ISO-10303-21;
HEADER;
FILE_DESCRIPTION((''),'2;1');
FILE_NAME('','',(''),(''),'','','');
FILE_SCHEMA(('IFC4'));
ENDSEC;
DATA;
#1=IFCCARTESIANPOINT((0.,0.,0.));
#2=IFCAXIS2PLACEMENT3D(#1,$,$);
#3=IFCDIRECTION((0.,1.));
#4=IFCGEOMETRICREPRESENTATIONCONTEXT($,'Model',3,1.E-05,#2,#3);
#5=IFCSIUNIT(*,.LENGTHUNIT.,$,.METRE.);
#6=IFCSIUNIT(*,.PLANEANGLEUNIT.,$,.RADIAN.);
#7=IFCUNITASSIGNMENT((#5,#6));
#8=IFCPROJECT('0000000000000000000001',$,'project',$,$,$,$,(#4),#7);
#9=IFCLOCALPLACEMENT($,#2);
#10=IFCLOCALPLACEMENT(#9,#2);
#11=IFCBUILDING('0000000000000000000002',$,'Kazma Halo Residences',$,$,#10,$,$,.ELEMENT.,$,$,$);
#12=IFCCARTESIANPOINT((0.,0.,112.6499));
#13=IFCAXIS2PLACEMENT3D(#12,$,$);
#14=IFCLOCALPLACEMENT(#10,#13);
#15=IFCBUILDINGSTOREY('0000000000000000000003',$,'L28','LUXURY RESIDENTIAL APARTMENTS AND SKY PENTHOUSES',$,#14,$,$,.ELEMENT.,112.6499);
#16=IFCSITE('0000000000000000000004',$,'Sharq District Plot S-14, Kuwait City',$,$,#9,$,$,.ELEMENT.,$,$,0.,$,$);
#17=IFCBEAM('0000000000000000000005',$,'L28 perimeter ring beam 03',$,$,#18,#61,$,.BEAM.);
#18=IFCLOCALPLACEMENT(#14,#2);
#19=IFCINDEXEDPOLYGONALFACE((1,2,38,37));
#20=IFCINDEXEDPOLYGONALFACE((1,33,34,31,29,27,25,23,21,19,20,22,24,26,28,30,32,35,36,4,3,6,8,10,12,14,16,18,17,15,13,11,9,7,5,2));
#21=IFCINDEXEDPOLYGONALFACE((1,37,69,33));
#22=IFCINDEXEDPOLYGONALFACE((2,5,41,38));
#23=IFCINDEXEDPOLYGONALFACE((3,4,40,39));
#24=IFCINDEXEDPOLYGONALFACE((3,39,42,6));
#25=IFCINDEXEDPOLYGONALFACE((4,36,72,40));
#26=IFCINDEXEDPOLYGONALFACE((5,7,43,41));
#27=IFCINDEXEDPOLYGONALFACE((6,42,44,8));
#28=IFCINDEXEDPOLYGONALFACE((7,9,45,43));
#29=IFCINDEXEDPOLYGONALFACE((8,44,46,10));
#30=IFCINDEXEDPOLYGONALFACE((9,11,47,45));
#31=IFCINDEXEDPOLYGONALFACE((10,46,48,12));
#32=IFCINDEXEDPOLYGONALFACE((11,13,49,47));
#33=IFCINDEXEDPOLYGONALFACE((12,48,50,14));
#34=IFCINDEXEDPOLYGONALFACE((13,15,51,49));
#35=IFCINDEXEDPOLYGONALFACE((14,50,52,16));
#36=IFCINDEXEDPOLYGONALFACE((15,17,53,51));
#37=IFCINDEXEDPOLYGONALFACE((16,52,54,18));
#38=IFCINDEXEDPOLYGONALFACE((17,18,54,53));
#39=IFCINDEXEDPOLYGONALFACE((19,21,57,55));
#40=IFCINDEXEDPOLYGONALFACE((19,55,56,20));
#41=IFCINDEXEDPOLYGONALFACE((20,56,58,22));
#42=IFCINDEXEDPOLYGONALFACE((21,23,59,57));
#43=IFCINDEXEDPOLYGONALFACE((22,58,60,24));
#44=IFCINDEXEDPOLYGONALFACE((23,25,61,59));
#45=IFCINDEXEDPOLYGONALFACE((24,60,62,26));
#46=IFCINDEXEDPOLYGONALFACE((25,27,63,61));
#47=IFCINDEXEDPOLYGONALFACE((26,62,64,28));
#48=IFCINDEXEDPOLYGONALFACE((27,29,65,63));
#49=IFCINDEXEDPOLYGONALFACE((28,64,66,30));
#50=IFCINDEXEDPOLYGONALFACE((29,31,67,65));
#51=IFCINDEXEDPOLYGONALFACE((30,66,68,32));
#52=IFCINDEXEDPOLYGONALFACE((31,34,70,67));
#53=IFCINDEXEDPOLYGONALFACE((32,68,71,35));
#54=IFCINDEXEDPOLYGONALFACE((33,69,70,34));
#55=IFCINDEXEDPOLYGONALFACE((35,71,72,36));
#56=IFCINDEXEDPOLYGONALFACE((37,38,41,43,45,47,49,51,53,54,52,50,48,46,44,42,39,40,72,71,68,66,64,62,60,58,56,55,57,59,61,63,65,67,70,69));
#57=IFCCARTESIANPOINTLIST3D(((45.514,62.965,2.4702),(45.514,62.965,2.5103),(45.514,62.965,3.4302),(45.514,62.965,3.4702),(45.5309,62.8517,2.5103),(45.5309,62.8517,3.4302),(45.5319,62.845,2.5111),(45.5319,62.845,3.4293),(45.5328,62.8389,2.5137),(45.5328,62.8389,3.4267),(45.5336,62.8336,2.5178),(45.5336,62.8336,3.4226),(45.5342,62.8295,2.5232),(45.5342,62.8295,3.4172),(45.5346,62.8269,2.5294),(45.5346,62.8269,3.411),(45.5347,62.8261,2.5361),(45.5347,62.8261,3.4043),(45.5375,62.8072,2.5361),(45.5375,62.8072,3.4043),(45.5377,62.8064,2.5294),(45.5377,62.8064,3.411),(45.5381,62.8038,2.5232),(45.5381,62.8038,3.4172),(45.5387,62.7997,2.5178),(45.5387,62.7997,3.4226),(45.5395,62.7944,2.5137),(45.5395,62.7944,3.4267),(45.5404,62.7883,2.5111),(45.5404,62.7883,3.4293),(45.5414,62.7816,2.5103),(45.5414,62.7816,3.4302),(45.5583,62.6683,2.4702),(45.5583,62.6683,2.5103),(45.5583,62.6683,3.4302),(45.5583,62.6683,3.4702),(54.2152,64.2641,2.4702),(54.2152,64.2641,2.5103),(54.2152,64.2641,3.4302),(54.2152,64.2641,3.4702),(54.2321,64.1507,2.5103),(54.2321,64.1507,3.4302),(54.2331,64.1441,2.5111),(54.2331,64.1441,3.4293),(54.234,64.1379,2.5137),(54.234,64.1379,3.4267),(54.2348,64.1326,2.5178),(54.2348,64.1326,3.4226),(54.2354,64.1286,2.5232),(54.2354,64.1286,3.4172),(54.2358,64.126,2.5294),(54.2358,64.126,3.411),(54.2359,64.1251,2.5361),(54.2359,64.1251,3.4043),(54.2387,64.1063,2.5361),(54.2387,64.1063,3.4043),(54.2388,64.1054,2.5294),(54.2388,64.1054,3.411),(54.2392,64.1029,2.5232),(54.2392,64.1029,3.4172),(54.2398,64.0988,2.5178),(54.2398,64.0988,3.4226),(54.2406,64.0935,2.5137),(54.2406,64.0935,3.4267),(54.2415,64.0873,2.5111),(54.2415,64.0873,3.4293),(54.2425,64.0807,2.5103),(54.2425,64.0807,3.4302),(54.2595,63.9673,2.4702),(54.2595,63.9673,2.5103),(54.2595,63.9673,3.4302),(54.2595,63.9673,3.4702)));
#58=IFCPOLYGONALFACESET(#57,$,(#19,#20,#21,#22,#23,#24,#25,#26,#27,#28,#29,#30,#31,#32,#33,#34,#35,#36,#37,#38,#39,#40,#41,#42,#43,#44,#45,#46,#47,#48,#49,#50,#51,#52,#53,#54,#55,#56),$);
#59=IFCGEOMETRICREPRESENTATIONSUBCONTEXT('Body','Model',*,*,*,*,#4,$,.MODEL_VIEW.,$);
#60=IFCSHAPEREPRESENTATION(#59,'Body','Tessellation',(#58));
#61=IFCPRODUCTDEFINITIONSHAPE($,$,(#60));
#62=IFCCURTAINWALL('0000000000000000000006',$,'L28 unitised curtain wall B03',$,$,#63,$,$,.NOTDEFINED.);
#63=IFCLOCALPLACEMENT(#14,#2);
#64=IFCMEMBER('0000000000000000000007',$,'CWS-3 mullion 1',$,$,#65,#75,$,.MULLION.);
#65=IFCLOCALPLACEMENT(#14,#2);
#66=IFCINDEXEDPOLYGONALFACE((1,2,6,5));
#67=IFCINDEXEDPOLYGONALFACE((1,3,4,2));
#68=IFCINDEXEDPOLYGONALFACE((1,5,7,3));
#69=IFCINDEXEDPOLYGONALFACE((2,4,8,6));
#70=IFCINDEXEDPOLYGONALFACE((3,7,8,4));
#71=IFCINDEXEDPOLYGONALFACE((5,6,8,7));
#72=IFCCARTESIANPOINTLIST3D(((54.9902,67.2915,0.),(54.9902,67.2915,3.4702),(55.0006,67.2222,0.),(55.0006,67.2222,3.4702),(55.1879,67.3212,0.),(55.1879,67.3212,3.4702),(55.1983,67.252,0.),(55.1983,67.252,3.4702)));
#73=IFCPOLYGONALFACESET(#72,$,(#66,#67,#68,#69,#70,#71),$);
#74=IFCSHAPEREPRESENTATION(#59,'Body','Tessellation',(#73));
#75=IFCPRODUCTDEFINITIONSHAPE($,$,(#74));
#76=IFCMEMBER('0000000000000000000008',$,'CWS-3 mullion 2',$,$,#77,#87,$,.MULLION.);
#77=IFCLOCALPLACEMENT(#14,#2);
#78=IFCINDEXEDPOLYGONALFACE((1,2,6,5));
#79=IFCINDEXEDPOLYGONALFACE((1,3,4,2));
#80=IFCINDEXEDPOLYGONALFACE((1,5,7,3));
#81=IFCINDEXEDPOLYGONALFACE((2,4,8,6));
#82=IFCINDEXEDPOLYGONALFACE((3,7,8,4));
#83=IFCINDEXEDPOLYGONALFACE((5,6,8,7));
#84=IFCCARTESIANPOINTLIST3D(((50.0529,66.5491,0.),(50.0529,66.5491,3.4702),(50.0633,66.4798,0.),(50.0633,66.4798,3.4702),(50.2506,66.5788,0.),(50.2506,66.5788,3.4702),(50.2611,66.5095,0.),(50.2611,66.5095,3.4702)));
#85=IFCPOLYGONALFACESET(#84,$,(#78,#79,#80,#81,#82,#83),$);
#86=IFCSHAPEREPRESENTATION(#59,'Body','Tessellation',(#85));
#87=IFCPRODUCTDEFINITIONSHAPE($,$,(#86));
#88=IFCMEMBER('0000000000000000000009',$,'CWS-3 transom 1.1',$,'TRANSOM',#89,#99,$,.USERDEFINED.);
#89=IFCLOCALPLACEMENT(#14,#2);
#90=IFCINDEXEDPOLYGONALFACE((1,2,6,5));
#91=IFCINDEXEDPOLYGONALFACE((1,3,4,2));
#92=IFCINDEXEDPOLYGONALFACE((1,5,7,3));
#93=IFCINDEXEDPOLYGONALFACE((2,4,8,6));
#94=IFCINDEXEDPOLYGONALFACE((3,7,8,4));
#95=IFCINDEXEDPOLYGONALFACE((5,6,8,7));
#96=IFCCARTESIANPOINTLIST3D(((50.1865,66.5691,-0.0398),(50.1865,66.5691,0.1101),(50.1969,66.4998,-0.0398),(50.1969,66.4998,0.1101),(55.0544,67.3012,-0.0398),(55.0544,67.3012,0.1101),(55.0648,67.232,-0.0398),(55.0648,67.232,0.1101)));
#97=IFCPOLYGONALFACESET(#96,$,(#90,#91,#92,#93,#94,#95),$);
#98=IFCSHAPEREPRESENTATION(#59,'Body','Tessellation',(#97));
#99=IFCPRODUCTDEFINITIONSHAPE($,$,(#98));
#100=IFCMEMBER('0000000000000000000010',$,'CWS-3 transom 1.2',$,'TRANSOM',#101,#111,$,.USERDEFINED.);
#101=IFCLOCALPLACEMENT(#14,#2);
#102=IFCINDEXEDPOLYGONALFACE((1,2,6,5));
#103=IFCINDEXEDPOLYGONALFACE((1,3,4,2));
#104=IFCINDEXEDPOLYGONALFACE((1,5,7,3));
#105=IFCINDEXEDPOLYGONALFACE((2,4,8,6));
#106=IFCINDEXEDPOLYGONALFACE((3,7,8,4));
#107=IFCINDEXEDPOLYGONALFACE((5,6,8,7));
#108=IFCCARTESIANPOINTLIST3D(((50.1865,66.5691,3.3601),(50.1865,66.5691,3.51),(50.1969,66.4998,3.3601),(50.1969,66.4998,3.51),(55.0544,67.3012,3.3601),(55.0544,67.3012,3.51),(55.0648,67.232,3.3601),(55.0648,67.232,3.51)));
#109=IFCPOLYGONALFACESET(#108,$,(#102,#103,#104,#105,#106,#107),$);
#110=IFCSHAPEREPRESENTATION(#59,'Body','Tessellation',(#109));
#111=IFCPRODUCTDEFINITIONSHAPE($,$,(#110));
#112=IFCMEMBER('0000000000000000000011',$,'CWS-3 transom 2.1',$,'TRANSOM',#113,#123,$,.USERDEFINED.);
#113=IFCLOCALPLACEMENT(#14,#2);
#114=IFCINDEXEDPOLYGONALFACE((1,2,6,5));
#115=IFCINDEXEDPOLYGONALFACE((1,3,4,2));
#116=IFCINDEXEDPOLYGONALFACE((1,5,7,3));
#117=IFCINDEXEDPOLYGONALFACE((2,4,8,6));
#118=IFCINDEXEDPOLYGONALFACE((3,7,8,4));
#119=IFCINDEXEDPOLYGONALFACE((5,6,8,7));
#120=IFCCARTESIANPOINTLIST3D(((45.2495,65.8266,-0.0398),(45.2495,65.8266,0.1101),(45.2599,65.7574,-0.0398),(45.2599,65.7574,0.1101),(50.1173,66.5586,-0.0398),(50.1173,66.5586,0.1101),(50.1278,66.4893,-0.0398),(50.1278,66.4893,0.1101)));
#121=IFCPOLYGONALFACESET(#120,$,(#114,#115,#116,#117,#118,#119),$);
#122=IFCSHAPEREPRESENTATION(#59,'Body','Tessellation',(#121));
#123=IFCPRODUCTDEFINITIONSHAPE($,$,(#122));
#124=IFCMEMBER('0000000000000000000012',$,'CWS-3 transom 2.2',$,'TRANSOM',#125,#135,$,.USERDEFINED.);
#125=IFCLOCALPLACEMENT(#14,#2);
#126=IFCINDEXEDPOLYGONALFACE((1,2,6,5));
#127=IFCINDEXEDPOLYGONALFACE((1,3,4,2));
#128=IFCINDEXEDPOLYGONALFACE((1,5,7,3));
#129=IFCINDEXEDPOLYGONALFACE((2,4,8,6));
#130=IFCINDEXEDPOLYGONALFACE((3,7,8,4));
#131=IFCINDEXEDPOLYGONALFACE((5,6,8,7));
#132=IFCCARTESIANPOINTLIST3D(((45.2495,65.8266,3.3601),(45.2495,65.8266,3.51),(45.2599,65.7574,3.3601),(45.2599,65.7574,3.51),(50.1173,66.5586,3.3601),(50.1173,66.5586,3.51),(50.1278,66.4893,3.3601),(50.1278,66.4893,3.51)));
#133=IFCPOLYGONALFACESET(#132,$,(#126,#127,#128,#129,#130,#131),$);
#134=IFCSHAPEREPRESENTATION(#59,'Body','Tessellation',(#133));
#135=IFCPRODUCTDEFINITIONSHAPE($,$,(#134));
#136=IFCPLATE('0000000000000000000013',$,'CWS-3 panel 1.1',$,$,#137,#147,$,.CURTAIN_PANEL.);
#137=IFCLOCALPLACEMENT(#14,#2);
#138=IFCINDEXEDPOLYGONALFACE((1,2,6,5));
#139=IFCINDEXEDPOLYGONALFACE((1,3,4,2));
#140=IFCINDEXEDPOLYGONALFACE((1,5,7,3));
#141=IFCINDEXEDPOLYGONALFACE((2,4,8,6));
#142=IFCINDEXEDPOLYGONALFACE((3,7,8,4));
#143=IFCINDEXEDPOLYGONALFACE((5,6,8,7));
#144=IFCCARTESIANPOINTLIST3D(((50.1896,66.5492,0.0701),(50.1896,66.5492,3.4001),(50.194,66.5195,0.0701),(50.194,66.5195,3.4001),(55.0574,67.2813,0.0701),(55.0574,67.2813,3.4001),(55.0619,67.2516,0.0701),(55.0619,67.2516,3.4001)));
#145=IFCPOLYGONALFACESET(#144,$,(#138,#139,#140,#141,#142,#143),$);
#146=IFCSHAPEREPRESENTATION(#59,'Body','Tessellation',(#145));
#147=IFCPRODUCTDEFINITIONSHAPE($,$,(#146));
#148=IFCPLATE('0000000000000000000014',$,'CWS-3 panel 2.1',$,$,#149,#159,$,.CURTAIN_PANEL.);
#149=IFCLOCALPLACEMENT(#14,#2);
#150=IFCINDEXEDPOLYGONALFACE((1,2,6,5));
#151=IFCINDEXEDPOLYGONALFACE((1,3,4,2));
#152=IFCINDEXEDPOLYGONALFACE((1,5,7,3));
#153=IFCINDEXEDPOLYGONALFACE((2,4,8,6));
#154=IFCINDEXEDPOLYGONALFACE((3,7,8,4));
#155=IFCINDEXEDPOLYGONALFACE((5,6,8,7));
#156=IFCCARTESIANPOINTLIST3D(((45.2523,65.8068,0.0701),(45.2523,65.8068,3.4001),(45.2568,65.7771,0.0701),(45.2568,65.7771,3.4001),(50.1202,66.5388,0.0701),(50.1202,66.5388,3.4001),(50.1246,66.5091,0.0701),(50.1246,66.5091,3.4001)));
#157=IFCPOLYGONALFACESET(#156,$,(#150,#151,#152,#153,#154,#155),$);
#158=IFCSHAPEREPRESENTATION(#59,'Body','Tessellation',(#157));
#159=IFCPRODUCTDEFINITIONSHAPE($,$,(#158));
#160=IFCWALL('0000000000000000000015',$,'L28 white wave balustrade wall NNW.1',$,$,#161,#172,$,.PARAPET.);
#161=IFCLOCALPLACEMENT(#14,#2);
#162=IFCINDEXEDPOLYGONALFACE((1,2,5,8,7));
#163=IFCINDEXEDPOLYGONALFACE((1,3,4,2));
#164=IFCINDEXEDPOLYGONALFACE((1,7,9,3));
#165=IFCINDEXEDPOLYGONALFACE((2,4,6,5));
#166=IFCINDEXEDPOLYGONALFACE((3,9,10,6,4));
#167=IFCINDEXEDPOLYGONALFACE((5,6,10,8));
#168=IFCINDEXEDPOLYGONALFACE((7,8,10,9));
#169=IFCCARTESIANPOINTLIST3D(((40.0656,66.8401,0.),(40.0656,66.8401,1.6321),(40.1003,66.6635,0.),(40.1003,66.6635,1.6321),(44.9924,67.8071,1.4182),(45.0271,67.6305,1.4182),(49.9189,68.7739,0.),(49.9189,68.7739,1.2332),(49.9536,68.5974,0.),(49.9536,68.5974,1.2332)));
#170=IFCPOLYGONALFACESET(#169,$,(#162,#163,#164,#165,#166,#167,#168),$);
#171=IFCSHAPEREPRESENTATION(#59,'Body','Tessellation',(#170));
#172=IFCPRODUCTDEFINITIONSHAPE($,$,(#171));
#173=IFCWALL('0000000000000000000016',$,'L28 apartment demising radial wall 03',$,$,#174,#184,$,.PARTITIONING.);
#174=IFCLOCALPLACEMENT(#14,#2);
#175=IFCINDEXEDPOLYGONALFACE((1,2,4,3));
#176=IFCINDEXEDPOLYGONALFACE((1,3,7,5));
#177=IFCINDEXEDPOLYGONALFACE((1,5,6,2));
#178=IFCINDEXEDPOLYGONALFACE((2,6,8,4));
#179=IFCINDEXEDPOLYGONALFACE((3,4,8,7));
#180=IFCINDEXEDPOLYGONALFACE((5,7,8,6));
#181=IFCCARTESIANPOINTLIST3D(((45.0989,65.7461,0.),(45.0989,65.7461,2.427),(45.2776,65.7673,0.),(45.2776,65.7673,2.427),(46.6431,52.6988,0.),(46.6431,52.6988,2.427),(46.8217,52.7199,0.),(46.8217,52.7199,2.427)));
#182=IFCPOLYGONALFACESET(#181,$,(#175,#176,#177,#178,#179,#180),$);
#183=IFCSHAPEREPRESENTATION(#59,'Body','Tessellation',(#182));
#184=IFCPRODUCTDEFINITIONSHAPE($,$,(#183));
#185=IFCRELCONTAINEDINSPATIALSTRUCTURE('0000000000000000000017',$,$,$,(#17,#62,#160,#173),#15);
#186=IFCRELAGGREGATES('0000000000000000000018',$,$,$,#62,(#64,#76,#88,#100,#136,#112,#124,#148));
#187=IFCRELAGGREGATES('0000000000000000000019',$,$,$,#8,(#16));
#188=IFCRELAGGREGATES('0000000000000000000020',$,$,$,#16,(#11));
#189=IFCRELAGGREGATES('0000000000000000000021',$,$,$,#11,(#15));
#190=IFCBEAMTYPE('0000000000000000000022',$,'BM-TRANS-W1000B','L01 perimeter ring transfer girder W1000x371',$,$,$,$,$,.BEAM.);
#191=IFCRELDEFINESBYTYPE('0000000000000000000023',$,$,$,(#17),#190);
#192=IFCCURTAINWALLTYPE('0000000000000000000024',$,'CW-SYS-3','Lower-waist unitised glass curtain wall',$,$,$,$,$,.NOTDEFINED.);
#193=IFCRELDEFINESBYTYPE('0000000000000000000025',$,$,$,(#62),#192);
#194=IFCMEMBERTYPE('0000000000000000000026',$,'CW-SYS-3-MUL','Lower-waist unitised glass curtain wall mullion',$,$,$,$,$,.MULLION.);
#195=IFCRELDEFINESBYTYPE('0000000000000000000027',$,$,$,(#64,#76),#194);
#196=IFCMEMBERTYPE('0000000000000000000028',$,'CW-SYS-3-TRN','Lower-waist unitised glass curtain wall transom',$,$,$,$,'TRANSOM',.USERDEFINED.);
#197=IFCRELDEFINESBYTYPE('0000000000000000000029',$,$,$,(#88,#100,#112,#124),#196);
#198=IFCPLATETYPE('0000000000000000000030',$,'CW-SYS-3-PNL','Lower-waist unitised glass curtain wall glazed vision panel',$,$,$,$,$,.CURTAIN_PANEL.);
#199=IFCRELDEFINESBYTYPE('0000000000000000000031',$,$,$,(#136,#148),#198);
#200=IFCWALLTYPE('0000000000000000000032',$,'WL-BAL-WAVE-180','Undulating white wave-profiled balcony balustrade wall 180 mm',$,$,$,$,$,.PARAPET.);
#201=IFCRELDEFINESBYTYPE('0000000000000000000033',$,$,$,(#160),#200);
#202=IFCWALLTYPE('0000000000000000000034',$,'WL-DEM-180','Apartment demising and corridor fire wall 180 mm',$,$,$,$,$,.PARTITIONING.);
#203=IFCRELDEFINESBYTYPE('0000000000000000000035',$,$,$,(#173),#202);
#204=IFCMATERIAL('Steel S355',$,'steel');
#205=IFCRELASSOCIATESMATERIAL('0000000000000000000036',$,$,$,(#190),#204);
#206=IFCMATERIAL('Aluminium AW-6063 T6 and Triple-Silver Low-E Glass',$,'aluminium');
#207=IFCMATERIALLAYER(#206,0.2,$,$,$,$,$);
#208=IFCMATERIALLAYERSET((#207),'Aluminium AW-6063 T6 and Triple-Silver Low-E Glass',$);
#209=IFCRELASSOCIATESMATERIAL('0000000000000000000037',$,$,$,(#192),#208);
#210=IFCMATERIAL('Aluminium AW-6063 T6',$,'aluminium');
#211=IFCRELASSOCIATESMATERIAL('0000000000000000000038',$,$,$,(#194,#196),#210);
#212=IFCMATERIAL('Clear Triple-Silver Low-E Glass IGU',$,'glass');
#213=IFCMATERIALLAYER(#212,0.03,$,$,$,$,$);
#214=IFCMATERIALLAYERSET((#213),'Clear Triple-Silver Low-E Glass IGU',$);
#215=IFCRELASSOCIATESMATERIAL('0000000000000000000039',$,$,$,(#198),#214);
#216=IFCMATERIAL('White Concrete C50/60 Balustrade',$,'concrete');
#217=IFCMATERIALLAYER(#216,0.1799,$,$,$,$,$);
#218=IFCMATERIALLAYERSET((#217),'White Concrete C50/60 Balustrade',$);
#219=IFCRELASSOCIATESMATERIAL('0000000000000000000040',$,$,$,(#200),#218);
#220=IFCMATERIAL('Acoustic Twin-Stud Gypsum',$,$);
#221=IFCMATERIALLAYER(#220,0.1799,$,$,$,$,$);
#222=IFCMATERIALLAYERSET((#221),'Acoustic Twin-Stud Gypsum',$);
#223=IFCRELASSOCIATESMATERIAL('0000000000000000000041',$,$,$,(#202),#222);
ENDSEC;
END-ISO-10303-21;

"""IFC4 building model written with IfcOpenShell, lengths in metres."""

from ifc_helpers import new_model, si_unit, direction, frame, frame_2d, origin, origin_2d, place, context, subcontext, project, spatial, polyline, rectangle, i_section, outline, extrude, material, layer, layer_set, material_profile, profile_set, type_object, element, aggregate, save


model = new_model("IFC4")

# Units and contexts
model_context = context("Model", 3, precision=1e-05, world=origin(), true_north=direction((0.0, 1.0)))
body_context = subcontext(model_context, "Body", "Model", "MODEL_VIEW")
ifc_project = project(units=[si_unit("LENGTHUNIT", "METRE"), si_unit("PLANEANGLEUNIT", "RADIAN")], contexts=[model_context])

# Site, building, storey
site_placement = place(None, origin())
site = spatial("IfcSite", under=ifc_project, at=site_placement, Name="Sharq District Plot S-14, Kuwait City", CompositionType="ELEMENT", RefElevation=0.0)
building_placement = place(site_placement, origin())
building = spatial("IfcBuilding", under=site, at=building_placement, Name="Kazma Halo Residences", CompositionType="ELEMENT")
storey_placement = place(building_placement, frame((0.0, 0.0, 112.6499)))
storey = spatial("IfcBuildingStorey", under=building, at=storey_placement, Name="L28", Description="LUXURY RESIDENTIAL APARTMENTS AND SKY PENTHOUSES", CompositionType="ELEMENT", Elevation=112.6499)

# Beam
ifc_material_1 = material(Name="Steel S355", Category="steel")
ifc_material_profile_1 = material_profile(ifc_material_1, i_section(OverallWidth=0.3, OverallDepth=1.0, WebThickness=0.019, FlangeThickness=0.04, FilletRadius=0.0259, at=origin_2d()), Name="W1000x371")
ifc_profile_set_1 = profile_set([ifc_material_profile_1], Name="Steel S355")
beam_type_1 = type_object("IfcBeamType", Name="BM-TRANS-W1000B", Description="L01 perimeter ring transfer girder W1000x371", PredefinedType="BEAM", material=ifc_profile_set_1)
beam_1_placement = place(storey_placement, frame((54.2373, 64.1157, 2.9702), z_axis=(-0.989038, -0.147662, 0.0), x_axis=(0.147662, -0.989038, 0.0)))
element("IfcBeam", 1, at=beam_1_placement, inside=storey, type_object=beam_type_1, Name="L28 perimeter ring beam 03", PredefinedType="BEAM", context=body_context, shape_type="SweptSolid", body=[
    extrude(i_section(OverallWidth=0.3, OverallDepth=1.0, WebThickness=0.019, FlangeThickness=0.04, FilletRadius=0.0259, at=origin_2d()), origin(), (0.0, 0.0, 1.0), 8.7976),
])

# Curtain wall, members, plates
ifc_material_2 = material(Name="Aluminium AW-6063 T6 and Triple-Silver Low-E Glass", Category="aluminium")
ifc_layer_1 = layer(ifc_material_2, 0.2)
ifc_layer_set_1 = layer_set([ifc_layer_1], Name="Aluminium AW-6063 T6 and Triple-Silver Low-E Glass")
curtain_wall_type = type_object("IfcCurtainWallType", Name="CW-SYS-3", Description="Lower-waist unitised glass curtain wall", PredefinedType="NOTDEFINED", material=ifc_layer_set_1)
curtain_wall_placement = place(storey_placement, origin())
curtain_wall = element("IfcCurtainWall", 2, at=curtain_wall_placement, inside=storey, type_object=curtain_wall_type, Name="L28 unitised curtain wall B03", PredefinedType="NOTDEFINED")
ifc_material_3 = material(Name="Aluminium AW-6063 T6", Category="aluminium")
ifc_material_profile_2 = material_profile(ifc_material_3, rectangle(XDim=0.0701, YDim=0.2, at=origin_2d()), Name="CWM-70x200")
ifc_profile_set_2 = profile_set([ifc_material_profile_2], Name="Aluminium AW-6063 T6")
member_type_1 = type_object("IfcMemberType", Name="CW-SYS-3-MUL", Description="Lower-waist unitised glass curtain wall mullion", PredefinedType="MULLION", material=ifc_profile_set_2)
member_1_placement = place(storey_placement, frame((55.0942, 67.2717, 0.0), z_axis=(0.0, 0.0, 1.0), x_axis=(0.148717, -0.98888, 0.0)))
member_1 = element("IfcMember", 3, at=member_1_placement, type_object=member_type_1, Name="CWS-3 mullion 1", PredefinedType="MULLION", context=body_context, shape_type="SweptSolid", body=[
    extrude(rectangle(XDim=0.0701, YDim=0.2, at=origin_2d()), origin(), (0.0, 0.0, 1.0), 3.4702),
])
member_2_placement = place(storey_placement, frame((50.157, 66.5293, 0.0), z_axis=(0.0, 0.0, 1.0), x_axis=(0.148717, -0.98888, 0.0)))
member_2 = element("IfcMember", 4, at=member_2_placement, type_object=member_type_1, Name="CWS-3 mullion 2", PredefinedType="MULLION", context=body_context, shape_type="SweptSolid", body=[
    extrude(rectangle(XDim=0.0701, YDim=0.2, at=origin_2d()), origin(), (0.0, 0.0, 1.0), 3.4702),
])
ifc_material_profile_3 = material_profile(ifc_material_3, rectangle(XDim=0.0701, YDim=0.1499, at=origin_2d()), Name="CWT-70x150")
ifc_profile_set_3 = profile_set([ifc_material_profile_3], Name="Aluminium AW-6063 T6")
member_type_2 = type_object("IfcMemberType", Name="CW-SYS-3-TRN", Description="Lower-waist unitised glass curtain wall transom", ElementType="TRANSOM", PredefinedType="USERDEFINED", material=ifc_profile_set_3)
member_3_placement = place(storey_placement, frame((55.0596, 67.2666, 0.0352), z_axis=(-0.988877, -0.148736, 0.0), x_axis=(0.148736, -0.988877, 0.0)))
member_3 = element("IfcMember", 5, at=member_3_placement, type_object=member_type_2, Name="CWS-3 transom 1.1", ObjectType="TRANSOM", PredefinedType="USERDEFINED", context=body_context, shape_type="SweptSolid", body=[
    extrude(rectangle(XDim=0.0701, YDim=0.1499, at=origin_2d()), origin(), (0.0, 0.0, 1.0), 4.9226),
])
member_4_placement = place(storey_placement, frame((55.0596, 67.2666, 3.4351), z_axis=(-0.988877, -0.148736, 0.0), x_axis=(0.148736, -0.988877, 0.0)))
member_4 = element("IfcMember", 6, at=member_4_placement, type_object=member_type_2, Name="CWS-3 transom 1.2", ObjectType="TRANSOM", PredefinedType="USERDEFINED", context=body_context, shape_type="SweptSolid", body=[
    extrude(rectangle(XDim=0.0701, YDim=0.1499, at=origin_2d()), origin(), (0.0, 0.0, 1.0), 4.9226),
])
member_5_placement = place(storey_placement, frame((50.1226, 66.5239, 0.0352), z_axis=(-0.988884, -0.148687, 0.0), x_axis=(0.148687, -0.988884, 0.0)))
member_5 = element("IfcMember", 7, at=member_5_placement, type_object=member_type_2, Name="CWS-3 transom 2.1", ObjectType="TRANSOM", PredefinedType="USERDEFINED", context=body_context, shape_type="SweptSolid", body=[
    extrude(rectangle(XDim=0.0701, YDim=0.1499, at=origin_2d()), origin(), (0.0, 0.0, 1.0), 4.9226),
])
member_6_placement = place(storey_placement, frame((50.1226, 66.5239, 3.4351), z_axis=(-0.988884, -0.148687, 0.0), x_axis=(0.148687, -0.988884, 0.0)))
member_6 = element("IfcMember", 8, at=member_6_placement, type_object=member_type_2, Name="CWS-3 transom 2.2", ObjectType="TRANSOM", PredefinedType="USERDEFINED", context=body_context, shape_type="SweptSolid", body=[
    extrude(rectangle(XDim=0.0701, YDim=0.1499, at=origin_2d()), origin(), (0.0, 0.0, 1.0), 4.9226),
])
ifc_material_4 = material(Name="Clear Triple-Silver Low-E Glass IGU", Category="glass")
ifc_layer_2 = layer(ifc_material_4, 0.03)
ifc_layer_set_2 = layer_set([ifc_layer_2], Name="Clear Triple-Silver Low-E Glass IGU")
plate_type = type_object("IfcPlateType", Name="CW-SYS-3-PNL", Description="Lower-waist unitised glass curtain wall glazed vision panel", PredefinedType="CURTAIN_PANEL", material=ifc_layer_set_2)
plate_1_placement = place(storey_placement, frame((52.6257, 66.9004, 0.0701), z_axis=(0.0, 0.0, 1.0), x_axis=(-0.98888, -0.148717, 0.0)))
plate_1 = element("IfcPlate", 9, at=plate_1_placement, type_object=plate_type, Name="CWS-3 panel 1.1", PredefinedType="CURTAIN_PANEL", context=body_context, shape_type="SweptSolid", body=[
    extrude(rectangle(XDim=4.9226, YDim=0.03, at=origin_2d()), origin(), (0.0, 0.0, 1.0), 3.3301),
])
plate_2_placement = place(storey_placement, frame((47.6885, 66.158, 0.0701), z_axis=(0.0, 0.0, 1.0), x_axis=(-0.98888, -0.148717, 0.0)))
plate_2 = element("IfcPlate", 10, at=plate_2_placement, type_object=plate_type, Name="CWS-3 panel 2.1", PredefinedType="CURTAIN_PANEL", context=body_context, shape_type="SweptSolid", body=[
    extrude(rectangle(XDim=4.9226, YDim=0.03, at=origin_2d()), origin(), (0.0, 0.0, 1.0), 3.3301),
])
aggregate(curtain_wall, [member_1, member_2, member_3, member_4, plate_1, member_5, member_6, plate_2])

# Walls
ifc_material_5 = material(Name="White Concrete C50/60 Balustrade", Category="concrete")
ifc_layer_3 = layer(ifc_material_5, 0.1799)
ifc_layer_set_3 = layer_set([ifc_layer_3], Name="White Concrete C50/60 Balustrade")
wall_type_1 = type_object("IfcWallType", Name="WL-BAL-WAVE-180", Description="Undulating white wave-profiled balcony balustrade wall 180 mm", PredefinedType="PARAPET", material=ifc_layer_set_3)
wall_1_placement = place(storey_placement, frame((49.9363, 68.6855, 0.0), z_axis=(0.0, 0.0, 1.0), x_axis=(-0.981279, -0.192589, 0.0)))
element("IfcWall", 11, at=wall_1_placement, inside=storey, type_object=wall_type_1, Name="L28 white wave balustrade wall NNW.1", PredefinedType="PARAPET", context=body_context, shape_type="SweptSolid", body=[
    extrude(outline(polyline([(0.0, 0.0), (10.0413, 0.0), (10.0413, 1.6321), (5.0205, 1.4182), (0.0, 1.2332), (0.0, 0.0)])), frame((0.0, 0.0898, 0.0), z_axis=(0.0, -1.0, 0.0), x_axis=(1.0, 0.0, 0.0)), (0.0, 0.0, 1.0), 0.1799),
])
ifc_material_6 = material(Name="Acoustic Twin-Stud Gypsum")
ifc_layer_4 = layer(ifc_material_6, 0.1799)
ifc_layer_set_4 = layer_set([ifc_layer_4], Name="Acoustic Twin-Stud Gypsum")
wall_type_2 = type_object("IfcWallType", Name="WL-DEM-180", Description="Apartment demising and corridor fire wall 180 mm", PredefinedType="PARTITIONING", material=ifc_layer_set_4)
wall_2_placement = place(storey_placement, frame((46.7324, 52.7092, 0.0), z_axis=(0.0, 0.0, 1.0), x_axis=(-0.117532, 0.993069, 0.0)))
element("IfcWall", 12, at=wall_2_placement, inside=storey, type_object=wall_type_2, Name="L28 apartment demising radial wall 03", PredefinedType="PARTITIONING", context=body_context, shape_type="SweptSolid", body=[
    extrude(rectangle(XDim=13.1384, YDim=0.1799, at=frame_2d((6.5693, 0.0))), origin(), (0.0, 0.0, 1.0), 2.427),
])

save(model, "model.ifc")
